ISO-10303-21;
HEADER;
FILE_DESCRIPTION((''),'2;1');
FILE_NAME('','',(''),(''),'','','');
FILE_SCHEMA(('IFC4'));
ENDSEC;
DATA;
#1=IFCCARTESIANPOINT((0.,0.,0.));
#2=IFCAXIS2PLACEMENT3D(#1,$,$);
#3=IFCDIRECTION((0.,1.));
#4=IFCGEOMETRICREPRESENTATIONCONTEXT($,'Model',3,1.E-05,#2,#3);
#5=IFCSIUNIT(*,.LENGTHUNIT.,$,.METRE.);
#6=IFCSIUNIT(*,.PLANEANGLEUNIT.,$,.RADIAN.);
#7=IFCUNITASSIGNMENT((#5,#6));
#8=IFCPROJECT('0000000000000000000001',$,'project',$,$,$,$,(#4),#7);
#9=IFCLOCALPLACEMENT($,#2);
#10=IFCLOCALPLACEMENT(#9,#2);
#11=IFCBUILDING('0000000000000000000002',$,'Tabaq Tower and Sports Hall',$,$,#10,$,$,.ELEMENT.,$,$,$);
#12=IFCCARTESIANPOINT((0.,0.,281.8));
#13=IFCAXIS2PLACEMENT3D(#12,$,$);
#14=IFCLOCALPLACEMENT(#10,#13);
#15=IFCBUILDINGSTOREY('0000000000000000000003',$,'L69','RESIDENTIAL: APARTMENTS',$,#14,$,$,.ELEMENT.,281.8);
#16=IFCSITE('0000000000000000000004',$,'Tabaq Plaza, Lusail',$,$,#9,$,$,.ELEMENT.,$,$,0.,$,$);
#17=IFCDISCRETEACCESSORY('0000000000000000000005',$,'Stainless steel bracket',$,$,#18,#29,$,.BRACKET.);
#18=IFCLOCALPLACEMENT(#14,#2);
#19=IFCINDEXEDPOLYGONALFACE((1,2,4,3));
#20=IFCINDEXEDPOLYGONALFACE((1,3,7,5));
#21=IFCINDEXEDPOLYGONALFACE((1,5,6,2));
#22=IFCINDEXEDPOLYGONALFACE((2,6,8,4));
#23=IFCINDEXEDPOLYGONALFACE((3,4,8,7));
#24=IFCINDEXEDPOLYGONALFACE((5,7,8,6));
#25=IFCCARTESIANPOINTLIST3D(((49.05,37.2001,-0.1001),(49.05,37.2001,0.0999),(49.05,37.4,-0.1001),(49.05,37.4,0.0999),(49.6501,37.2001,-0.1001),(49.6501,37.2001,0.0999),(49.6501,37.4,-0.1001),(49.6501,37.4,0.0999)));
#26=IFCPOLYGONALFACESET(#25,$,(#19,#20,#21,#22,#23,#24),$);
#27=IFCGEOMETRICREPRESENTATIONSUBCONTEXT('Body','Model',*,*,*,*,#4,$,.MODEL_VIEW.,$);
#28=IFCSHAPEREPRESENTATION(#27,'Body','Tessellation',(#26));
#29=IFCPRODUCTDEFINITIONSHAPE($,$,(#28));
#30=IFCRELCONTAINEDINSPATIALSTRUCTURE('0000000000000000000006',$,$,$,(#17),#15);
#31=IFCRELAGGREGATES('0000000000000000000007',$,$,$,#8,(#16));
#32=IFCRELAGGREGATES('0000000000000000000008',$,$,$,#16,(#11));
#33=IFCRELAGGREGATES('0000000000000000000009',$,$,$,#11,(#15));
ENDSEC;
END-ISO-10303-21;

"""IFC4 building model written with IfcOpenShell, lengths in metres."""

from ifc_helpers import new_model, si_unit, direction, frame, origin, origin_2d, place, context, subcontext, project, spatial, rectangle, extrude, element, save


model = new_model("IFC4")

# Units and contexts
model_context = context("Model", 3, precision=1e-05, world=origin(), true_north=direction((0.0, 1.0)))
body_context = subcontext(model_context, "Body", "Model", "MODEL_VIEW")
ifc_project = project(units=[si_unit("LENGTHUNIT", "METRE"), si_unit("PLANEANGLEUNIT", "RADIAN")], contexts=[model_context])

# Site, building, storey
site_placement = place(None, origin())
site = spatial("IfcSite", under=ifc_project, at=site_placement, Name="Tabaq Plaza, Lusail", CompositionType="ELEMENT", RefElevation=0.0)
building_placement = place(site_placement, origin())
building = spatial("IfcBuilding", under=site, at=building_placement, Name="Tabaq Tower and Sports Hall", CompositionType="ELEMENT")
storey_placement = place(building_placement, frame((0.0, 0.0, 281.8)))
storey = spatial("IfcBuildingStorey", under=building, at=storey_placement, Name="L69", Description="RESIDENTIAL: APARTMENTS", CompositionType="ELEMENT", Elevation=281.8)

# Discrete accessory
discrete_accessory_placement = place(storey_placement, frame((49.3501, 37.3, -0.1001), z_axis=(0.0, 0.0, 1.0), x_axis=(1.0, 0.0, 0.0)))
element("IfcDiscreteAccessory", 1, at=discrete_accessory_placement, inside=storey, Name="Stainless steel bracket", PredefinedType="BRACKET", context=body_context, shape_type="SweptSolid", body=[
    extrude(rectangle(XDim=0.6001, YDim=0.2, at=origin_2d()), origin(), (0.0, 0.0, 1.0), 0.2),
])

save(model, "model.ifc")
